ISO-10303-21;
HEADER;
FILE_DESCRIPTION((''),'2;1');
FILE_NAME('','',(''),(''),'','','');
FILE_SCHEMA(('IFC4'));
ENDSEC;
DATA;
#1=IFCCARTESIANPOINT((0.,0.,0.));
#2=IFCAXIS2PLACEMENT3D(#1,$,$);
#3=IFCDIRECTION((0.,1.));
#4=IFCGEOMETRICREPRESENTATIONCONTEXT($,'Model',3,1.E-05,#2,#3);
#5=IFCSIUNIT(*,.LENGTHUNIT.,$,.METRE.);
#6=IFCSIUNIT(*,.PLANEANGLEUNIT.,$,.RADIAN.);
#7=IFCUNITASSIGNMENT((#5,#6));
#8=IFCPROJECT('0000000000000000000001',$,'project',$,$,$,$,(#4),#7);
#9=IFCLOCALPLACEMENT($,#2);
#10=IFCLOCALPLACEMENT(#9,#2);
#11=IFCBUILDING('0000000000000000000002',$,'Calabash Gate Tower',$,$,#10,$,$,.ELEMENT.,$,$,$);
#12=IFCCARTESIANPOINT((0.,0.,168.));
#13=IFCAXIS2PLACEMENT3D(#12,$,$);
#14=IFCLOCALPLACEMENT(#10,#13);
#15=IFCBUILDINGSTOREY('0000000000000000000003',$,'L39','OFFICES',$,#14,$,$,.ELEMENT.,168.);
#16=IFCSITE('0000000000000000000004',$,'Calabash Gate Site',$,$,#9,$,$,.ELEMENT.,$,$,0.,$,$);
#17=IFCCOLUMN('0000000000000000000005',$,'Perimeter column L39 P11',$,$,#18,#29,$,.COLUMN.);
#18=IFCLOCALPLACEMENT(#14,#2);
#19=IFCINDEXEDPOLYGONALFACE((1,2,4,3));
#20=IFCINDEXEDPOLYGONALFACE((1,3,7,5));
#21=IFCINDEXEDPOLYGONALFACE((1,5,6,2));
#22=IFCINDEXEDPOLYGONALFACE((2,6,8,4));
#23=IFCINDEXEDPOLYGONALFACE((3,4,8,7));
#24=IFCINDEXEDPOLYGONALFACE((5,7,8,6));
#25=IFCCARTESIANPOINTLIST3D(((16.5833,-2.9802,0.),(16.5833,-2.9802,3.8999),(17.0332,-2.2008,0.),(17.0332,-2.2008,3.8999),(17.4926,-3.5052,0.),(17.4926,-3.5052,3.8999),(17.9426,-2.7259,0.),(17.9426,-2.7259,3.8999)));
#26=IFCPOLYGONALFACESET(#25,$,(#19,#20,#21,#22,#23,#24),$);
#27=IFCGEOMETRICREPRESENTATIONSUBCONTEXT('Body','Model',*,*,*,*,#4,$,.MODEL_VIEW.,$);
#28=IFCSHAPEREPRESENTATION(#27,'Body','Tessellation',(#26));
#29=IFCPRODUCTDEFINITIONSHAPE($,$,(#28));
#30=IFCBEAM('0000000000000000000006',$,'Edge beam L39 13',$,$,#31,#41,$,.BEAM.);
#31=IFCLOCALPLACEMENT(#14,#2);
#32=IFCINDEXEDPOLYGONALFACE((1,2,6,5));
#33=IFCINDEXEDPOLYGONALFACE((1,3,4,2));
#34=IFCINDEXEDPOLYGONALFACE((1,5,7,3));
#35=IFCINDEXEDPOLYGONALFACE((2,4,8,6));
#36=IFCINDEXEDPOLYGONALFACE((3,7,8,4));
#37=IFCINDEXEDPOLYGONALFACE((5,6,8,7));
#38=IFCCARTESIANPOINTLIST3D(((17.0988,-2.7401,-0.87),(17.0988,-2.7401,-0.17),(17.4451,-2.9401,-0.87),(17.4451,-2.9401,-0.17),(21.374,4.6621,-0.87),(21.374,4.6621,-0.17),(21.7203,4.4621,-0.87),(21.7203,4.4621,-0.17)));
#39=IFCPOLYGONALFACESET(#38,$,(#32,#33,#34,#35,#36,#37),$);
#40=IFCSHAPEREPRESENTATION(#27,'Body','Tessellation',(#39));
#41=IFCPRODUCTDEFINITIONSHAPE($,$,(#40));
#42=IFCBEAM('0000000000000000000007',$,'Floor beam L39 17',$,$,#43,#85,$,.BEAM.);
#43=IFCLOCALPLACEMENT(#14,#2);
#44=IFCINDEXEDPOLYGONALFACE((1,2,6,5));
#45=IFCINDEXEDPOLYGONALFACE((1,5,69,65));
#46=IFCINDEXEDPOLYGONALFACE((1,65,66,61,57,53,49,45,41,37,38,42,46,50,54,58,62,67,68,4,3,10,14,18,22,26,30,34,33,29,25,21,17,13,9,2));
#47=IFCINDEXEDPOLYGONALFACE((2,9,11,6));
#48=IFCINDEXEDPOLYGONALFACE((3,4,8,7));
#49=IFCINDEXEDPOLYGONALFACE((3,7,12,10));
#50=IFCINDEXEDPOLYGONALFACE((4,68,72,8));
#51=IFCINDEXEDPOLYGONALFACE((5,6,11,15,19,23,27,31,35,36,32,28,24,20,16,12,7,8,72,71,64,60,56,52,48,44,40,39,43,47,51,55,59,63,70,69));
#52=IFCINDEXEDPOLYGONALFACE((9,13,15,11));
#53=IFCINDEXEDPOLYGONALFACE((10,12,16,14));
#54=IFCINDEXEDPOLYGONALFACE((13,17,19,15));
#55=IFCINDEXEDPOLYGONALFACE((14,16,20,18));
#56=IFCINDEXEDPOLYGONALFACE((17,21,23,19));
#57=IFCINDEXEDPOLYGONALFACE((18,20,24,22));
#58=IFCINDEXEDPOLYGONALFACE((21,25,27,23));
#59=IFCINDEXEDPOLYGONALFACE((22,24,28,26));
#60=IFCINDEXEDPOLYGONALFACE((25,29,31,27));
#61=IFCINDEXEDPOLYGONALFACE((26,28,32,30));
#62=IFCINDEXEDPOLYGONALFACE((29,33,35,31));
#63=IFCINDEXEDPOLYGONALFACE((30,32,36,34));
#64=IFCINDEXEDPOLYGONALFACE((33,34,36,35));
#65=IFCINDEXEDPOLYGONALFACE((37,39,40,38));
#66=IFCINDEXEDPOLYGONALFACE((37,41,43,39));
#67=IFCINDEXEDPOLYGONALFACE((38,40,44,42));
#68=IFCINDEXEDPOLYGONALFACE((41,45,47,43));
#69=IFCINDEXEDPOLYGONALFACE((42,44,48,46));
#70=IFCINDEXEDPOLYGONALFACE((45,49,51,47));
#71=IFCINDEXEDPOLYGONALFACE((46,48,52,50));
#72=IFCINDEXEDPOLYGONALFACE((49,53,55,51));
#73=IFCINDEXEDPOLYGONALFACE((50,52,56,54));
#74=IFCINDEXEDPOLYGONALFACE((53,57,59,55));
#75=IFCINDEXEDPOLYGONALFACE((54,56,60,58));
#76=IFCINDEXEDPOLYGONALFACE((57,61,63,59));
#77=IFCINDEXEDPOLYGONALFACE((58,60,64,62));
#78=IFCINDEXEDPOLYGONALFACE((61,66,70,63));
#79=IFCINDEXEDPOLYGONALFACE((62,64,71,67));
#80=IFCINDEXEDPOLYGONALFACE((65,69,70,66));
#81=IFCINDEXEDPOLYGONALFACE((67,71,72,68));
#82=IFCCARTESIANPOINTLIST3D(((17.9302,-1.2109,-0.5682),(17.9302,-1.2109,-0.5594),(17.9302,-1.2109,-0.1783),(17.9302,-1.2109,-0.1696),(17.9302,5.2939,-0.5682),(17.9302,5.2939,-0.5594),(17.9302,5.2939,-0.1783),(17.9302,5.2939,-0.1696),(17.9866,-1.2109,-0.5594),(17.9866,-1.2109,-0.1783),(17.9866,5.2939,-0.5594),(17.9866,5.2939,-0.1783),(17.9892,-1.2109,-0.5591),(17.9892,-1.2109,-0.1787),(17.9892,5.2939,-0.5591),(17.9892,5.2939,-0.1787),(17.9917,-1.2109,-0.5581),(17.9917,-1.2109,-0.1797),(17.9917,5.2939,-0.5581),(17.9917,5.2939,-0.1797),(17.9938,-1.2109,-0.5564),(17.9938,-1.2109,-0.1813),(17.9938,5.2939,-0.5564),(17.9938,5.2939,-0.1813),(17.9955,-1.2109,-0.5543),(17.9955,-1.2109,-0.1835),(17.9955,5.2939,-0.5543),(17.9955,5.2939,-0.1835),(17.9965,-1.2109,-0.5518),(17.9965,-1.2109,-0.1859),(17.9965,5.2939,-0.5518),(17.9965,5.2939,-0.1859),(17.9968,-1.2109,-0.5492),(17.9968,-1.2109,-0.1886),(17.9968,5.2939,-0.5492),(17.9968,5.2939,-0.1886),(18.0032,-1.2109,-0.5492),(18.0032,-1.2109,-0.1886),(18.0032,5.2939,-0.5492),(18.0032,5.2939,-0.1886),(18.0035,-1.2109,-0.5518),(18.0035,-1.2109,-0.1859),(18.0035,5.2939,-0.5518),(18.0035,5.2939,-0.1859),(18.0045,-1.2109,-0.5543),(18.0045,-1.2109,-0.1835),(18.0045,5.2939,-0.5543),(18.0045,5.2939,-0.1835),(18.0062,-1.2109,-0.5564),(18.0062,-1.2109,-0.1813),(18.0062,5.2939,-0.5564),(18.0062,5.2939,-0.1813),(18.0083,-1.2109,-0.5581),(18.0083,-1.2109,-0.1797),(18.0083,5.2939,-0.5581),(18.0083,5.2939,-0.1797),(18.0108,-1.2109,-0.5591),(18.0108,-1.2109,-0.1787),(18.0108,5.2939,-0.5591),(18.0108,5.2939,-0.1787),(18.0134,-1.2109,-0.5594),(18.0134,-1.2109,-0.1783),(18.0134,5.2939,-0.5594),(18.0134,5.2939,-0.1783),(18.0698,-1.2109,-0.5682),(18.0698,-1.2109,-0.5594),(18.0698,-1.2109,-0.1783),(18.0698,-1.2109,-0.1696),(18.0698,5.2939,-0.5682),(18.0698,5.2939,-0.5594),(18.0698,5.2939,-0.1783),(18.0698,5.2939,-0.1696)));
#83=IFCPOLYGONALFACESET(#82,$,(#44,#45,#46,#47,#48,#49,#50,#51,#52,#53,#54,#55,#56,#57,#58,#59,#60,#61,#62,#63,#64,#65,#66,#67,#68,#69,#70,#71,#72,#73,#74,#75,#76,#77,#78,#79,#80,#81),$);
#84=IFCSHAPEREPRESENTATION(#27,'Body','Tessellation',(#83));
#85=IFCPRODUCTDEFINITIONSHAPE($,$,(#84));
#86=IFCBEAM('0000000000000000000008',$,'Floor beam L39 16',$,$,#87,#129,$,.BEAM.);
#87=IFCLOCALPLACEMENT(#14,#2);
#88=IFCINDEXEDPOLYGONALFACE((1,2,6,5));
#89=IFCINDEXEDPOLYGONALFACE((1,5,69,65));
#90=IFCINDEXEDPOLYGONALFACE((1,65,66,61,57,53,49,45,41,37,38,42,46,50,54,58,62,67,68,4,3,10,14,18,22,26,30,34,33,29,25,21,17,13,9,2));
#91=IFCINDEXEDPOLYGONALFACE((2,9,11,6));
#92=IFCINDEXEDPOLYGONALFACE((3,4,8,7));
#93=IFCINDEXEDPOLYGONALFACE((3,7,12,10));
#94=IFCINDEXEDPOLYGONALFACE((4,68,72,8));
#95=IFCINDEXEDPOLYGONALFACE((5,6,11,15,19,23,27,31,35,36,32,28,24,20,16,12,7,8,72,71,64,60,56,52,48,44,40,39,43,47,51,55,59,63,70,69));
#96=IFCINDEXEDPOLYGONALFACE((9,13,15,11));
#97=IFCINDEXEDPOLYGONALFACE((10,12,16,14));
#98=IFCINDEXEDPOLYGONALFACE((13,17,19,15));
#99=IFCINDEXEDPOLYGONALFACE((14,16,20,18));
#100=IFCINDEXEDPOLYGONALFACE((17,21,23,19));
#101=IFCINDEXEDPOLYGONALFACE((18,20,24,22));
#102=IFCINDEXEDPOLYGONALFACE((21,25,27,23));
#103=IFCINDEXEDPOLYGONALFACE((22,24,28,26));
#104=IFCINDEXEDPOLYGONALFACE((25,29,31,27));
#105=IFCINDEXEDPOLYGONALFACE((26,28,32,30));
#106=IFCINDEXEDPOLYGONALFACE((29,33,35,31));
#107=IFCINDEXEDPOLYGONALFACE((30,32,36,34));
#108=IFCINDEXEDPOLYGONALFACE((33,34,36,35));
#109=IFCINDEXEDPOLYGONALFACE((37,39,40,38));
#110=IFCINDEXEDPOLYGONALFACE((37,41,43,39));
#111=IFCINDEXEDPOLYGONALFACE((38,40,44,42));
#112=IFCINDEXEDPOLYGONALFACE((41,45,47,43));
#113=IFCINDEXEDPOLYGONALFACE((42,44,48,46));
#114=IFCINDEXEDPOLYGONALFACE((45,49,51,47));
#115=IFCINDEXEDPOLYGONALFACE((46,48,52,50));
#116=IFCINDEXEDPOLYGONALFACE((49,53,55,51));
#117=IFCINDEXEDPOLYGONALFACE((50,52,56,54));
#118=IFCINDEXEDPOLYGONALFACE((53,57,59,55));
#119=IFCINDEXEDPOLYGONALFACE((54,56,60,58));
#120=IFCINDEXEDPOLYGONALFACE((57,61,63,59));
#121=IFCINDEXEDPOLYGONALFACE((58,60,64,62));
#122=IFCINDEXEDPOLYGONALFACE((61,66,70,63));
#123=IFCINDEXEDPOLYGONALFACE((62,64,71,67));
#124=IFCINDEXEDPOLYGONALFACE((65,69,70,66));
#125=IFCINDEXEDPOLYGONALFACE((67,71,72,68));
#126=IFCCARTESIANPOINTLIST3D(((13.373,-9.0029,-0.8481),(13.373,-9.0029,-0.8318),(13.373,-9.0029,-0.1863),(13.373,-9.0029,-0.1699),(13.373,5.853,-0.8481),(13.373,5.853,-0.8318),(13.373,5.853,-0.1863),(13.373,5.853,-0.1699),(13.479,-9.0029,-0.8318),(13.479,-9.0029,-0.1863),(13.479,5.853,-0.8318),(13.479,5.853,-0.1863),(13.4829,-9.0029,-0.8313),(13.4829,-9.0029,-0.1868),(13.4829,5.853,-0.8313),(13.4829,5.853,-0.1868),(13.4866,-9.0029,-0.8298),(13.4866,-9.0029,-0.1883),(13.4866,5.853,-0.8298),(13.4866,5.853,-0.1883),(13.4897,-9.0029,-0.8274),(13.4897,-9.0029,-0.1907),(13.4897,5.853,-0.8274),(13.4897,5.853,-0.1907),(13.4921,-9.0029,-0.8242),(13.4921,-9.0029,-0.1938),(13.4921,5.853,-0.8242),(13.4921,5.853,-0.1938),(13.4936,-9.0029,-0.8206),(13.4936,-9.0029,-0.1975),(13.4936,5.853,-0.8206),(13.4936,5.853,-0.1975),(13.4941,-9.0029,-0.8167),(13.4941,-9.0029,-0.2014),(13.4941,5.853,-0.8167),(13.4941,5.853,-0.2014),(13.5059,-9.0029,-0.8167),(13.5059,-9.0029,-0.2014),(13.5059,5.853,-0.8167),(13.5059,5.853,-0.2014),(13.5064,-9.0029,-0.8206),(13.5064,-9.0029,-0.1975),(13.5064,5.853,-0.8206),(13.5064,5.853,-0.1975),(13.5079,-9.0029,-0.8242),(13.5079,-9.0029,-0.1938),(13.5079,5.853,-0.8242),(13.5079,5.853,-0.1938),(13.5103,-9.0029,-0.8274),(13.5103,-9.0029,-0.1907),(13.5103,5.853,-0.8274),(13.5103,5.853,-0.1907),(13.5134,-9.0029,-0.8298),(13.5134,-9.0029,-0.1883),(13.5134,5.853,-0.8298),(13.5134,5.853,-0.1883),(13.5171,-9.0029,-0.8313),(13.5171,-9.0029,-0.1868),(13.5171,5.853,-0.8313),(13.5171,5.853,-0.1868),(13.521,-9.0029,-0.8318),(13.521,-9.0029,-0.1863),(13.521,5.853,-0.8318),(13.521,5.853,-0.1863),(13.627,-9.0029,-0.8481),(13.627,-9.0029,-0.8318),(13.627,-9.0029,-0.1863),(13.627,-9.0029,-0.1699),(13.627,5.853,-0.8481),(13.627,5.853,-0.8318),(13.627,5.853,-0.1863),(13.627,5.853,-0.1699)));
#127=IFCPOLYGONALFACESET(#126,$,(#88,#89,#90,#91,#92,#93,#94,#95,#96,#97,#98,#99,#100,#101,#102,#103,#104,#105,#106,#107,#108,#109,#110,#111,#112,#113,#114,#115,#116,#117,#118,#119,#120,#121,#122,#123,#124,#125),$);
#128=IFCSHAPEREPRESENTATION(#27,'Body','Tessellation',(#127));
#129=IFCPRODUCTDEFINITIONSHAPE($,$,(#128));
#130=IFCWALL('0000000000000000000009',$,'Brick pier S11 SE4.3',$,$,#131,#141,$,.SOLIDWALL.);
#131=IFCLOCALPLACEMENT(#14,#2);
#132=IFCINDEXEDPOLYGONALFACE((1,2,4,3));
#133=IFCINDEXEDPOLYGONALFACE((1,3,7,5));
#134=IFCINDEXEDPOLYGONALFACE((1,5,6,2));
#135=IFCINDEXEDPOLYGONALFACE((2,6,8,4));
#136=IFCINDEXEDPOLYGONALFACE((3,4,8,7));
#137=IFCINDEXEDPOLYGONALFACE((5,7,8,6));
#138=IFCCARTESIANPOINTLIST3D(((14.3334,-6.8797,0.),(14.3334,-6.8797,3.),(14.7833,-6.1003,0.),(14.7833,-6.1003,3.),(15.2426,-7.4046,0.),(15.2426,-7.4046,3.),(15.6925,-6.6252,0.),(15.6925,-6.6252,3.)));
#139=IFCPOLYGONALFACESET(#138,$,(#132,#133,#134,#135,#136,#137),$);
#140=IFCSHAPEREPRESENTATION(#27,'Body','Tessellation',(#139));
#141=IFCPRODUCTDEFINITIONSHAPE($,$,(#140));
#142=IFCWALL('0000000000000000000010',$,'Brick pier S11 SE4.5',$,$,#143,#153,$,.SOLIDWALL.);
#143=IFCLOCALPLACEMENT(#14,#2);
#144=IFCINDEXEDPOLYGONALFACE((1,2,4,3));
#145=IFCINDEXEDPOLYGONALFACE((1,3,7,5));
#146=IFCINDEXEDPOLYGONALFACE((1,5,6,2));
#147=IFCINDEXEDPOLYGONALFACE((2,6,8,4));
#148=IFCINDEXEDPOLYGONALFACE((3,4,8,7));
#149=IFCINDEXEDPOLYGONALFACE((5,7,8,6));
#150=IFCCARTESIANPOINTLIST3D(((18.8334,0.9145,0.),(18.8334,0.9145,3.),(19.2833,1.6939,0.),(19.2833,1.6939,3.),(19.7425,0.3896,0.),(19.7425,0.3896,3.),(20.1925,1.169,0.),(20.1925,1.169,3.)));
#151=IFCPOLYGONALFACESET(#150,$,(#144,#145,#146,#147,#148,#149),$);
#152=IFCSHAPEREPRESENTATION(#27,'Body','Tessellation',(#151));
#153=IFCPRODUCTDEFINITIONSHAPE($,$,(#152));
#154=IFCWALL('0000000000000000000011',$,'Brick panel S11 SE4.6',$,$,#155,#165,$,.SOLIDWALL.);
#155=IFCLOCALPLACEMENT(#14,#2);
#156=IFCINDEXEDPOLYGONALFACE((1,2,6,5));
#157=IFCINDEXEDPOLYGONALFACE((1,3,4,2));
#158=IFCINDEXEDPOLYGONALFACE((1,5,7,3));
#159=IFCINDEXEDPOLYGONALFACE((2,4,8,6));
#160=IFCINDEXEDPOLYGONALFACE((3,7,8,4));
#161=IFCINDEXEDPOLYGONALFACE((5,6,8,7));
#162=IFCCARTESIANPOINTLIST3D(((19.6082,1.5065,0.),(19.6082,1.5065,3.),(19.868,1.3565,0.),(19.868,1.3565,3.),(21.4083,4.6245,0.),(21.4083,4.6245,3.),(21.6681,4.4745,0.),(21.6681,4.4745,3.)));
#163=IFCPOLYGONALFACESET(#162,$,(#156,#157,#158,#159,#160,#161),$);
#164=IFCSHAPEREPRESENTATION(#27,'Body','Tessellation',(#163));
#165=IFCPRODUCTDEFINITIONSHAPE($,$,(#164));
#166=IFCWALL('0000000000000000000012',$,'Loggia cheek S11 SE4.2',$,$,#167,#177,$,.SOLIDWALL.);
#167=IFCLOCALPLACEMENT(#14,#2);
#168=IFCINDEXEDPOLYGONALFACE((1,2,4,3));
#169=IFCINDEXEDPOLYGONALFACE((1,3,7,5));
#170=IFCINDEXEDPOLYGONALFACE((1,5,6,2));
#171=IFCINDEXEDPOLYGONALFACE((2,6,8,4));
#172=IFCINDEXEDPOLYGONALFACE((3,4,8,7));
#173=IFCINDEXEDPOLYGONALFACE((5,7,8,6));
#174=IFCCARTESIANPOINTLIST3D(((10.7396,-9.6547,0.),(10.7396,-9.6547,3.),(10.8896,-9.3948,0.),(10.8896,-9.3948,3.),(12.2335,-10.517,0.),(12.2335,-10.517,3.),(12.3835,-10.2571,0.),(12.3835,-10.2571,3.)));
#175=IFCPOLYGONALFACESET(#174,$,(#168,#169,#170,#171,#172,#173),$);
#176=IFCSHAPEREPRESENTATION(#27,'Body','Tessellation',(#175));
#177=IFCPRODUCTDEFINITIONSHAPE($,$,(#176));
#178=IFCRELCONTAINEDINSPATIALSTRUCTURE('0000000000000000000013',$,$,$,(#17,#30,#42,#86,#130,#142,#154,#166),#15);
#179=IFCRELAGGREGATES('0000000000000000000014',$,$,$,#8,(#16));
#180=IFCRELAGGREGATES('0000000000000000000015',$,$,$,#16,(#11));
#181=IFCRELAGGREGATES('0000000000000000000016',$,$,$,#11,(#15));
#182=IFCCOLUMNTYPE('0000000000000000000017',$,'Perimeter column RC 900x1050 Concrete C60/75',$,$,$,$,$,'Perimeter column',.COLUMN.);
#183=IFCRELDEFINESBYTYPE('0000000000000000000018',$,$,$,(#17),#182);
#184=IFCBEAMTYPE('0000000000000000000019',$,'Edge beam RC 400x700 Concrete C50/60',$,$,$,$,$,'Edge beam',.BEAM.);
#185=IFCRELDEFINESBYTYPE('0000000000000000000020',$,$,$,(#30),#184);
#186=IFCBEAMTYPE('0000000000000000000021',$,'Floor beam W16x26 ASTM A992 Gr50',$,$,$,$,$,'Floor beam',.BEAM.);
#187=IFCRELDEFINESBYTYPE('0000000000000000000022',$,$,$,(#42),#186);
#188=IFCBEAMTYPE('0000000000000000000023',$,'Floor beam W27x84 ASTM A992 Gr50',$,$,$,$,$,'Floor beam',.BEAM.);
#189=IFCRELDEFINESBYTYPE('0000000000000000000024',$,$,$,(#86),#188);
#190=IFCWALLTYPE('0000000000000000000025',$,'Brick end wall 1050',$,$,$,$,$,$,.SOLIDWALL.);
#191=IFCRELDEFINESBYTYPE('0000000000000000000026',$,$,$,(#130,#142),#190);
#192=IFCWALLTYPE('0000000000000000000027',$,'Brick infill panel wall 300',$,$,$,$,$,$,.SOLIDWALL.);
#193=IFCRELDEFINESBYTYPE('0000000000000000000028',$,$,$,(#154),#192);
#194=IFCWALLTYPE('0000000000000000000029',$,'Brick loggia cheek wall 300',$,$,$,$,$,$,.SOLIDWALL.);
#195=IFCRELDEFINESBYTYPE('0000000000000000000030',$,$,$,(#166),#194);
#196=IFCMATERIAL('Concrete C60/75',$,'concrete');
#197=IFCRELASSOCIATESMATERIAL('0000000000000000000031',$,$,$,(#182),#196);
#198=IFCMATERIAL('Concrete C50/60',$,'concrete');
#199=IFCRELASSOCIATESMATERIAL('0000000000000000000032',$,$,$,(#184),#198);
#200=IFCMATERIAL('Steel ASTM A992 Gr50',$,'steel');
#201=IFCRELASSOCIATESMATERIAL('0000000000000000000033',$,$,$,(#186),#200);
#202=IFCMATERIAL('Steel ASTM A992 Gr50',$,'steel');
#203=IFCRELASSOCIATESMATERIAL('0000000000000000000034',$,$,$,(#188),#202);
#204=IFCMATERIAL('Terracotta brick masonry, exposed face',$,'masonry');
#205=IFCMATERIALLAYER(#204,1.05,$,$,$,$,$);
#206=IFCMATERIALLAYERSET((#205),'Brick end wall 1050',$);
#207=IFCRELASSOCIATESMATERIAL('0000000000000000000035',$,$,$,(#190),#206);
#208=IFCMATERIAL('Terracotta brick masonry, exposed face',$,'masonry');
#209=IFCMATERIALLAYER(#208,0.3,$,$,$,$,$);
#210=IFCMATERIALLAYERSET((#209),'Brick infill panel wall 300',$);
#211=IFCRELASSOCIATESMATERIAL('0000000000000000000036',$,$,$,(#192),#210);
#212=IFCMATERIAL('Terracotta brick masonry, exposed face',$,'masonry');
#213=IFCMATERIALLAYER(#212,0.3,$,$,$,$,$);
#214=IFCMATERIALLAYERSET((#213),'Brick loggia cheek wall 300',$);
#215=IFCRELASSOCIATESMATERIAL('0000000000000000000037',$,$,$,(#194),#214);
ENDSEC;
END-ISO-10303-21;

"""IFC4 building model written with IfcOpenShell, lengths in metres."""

from ifc_helpers import new_model, si_unit, direction, frame, frame_2d, origin, origin_2d, place, context, subcontext, project, spatial, rectangle, i_section, extrude, material, layer, layer_set, material_profile, profile_set, type_object, element, save


model = new_model("IFC4")

# Units and contexts
model_context = context("Model", 3, precision=1e-05, world=origin(), true_north=direction((0.0, 1.0)))
body_context = subcontext(model_context, "Body", "Model", "MODEL_VIEW")
ifc_project = project(units=[si_unit("LENGTHUNIT", "METRE"), si_unit("PLANEANGLEUNIT", "RADIAN")], contexts=[model_context])

# Site, building, storey
site_placement = place(None, origin())
site = spatial("IfcSite", under=ifc_project, at=site_placement, Name="Calabash Gate Site", CompositionType="ELEMENT", RefElevation=0.0)
building_placement = place(site_placement, origin())
building = spatial("IfcBuilding", under=site, at=building_placement, Name="Calabash Gate Tower", CompositionType="ELEMENT")
storey_placement = place(building_placement, frame((0.0, 0.0, 168.0)))
storey = spatial("IfcBuildingStorey", under=building, at=storey_placement, Name="L39", Description="OFFICES", CompositionType="ELEMENT", Elevation=168.0)

# Column
ifc_material_1 = material(Name="Concrete C60/75", Category="concrete")
ifc_material_profile_1 = material_profile(ifc_material_1, rectangle(XDim=0.8999, YDim=1.05, at=origin_2d()))
ifc_profile_set_1 = profile_set([ifc_material_profile_1], Name="Concrete C60/75")
column_type = type_object("IfcColumnType", Name="Perimeter column RC 900x1050 Concrete C60/75", ElementType="Perimeter column", PredefinedType="COLUMN", material=ifc_profile_set_1)
column_placement = place(storey_placement, frame((17.2629, -2.853, 0.0), z_axis=(0.0, 0.0, 1.0), x_axis=(0.5, 0.866025, 0.0)))
element("IfcColumn", 1, at=column_placement, inside=storey, type_object=column_type, Name="Perimeter column L39 P11", PredefinedType="COLUMN", context=body_context, shape_type="SweptSolid", body=[
    extrude(rectangle(XDim=0.8999, YDim=1.05, at=origin_2d()), origin(), (0.0, 0.0, 1.0), 3.8999),
])

# Beams
ifc_material_2 = material(Name="Concrete C50/60", Category="concrete")
ifc_material_profile_2 = material_profile(ifc_material_2, rectangle(XDim=0.3999, YDim=0.7, at=origin_2d()))
ifc_profile_set_2 = profile_set([ifc_material_profile_2], Name="Concrete C50/60")
beam_type_1 = type_object("IfcBeamType", Name="Edge beam RC 400x700 Concrete C50/60", ElementType="Edge beam", PredefinedType="BEAM", material=ifc_profile_set_2)
beam_1_placement = place(storey_placement, frame((17.272, -2.8401, -0.52), z_axis=(0.500135, 0.865947, 0.0), x_axis=(-0.865947, 0.500135, 0.0)))
element("IfcBeam", 2, at=beam_1_placement, inside=storey, type_object=beam_type_1, Name="Edge beam L39 13", PredefinedType="BEAM", context=body_context, shape_type="SweptSolid", body=[
    extrude(rectangle(XDim=0.3999, YDim=0.7, at=origin_2d()), origin(), (0.0, 0.0, 1.0), 8.5481),
])
ifc_material_3 = material(Name="Steel ASTM A992 Gr50", Category="steel")
ifc_material_profile_3 = material_profile(ifc_material_3, i_section(OverallWidth=0.1396, OverallDepth=0.3987, WebThickness=0.0063, FlangeThickness=0.0088, FilletRadius=0.0103, at=origin_2d()))
ifc_profile_set_3 = profile_set([ifc_material_profile_3], Name="Steel ASTM A992 Gr50")
beam_type_2 = type_object("IfcBeamType", Name="Floor beam W16x26 ASTM A992 Gr50", ElementType="Floor beam", PredefinedType="BEAM", material=ifc_profile_set_3)
beam_2_placement = place(storey_placement, frame((18.0, -1.2109, -0.3689), z_axis=(0.0, 1.0, 0.0), x_axis=(-1.0, 0.0, 0.0)))
element("IfcBeam", 3, at=beam_2_placement, inside=storey, type_object=beam_type_2, Name="Floor beam L39 17", PredefinedType="BEAM", context=body_context, shape_type="SweptSolid", body=[
    extrude(i_section(OverallWidth=0.1396, OverallDepth=0.3987, WebThickness=0.0063, FlangeThickness=0.0088, FilletRadius=0.0103, at=origin_2d()), origin(), (0.0, 0.0, 1.0), 6.5049),
])
ifc_material_4 = material(Name="Steel ASTM A992 Gr50", Category="steel")
ifc_material_profile_4 = material_profile(ifc_material_4, i_section(OverallWidth=0.2539, OverallDepth=0.6782, WebThickness=0.0117, FlangeThickness=0.0164, FilletRadius=0.0151, at=origin_2d()))
ifc_profile_set_4 = profile_set([ifc_material_profile_4], Name="Steel ASTM A992 Gr50")
beam_type_3 = type_object("IfcBeamType", Name="Floor beam W27x84 ASTM A992 Gr50", ElementType="Floor beam", PredefinedType="BEAM", material=ifc_profile_set_4)
beam_3_placement = place(storey_placement, frame((13.5, -9.0029, -0.509), z_axis=(0.0, 1.0, 0.0), x_axis=(-1.0, 0.0, 0.0)))
element("IfcBeam", 4, at=beam_3_placement, inside=storey, type_object=beam_type_3, Name="Floor beam L39 16", PredefinedType="BEAM", context=body_context, shape_type="SweptSolid", body=[
    extrude(i_section(OverallWidth=0.2539, OverallDepth=0.6782, WebThickness=0.0117, FlangeThickness=0.0164, FilletRadius=0.0151, at=origin_2d()), origin(), (0.0, 0.0, 1.0), 14.856),
])

# Walls
ifc_material_5 = material(Name="Terracotta brick masonry, exposed face", Category="masonry")
ifc_layer_1 = layer(ifc_material_5, 1.05)
ifc_layer_set_1 = layer_set([ifc_layer_1], Name="Brick end wall 1050")
wall_type_1 = type_object("IfcWallType", Name="Brick end wall 1050", PredefinedType="SOLIDWALL", material=ifc_layer_set_1)
for number, where, z_axis, x_axis, name in (
    (5, (15.4675, -7.0149, 0.0), (0.0, 0.0, 1.0), (-0.866031, 0.499991, 0.0), "Brick pier S11 SE4.3"),
    (6, (19.0583, 1.3042, 0.0), (0.0, 0.0, 1.0), (0.866031, -0.499991, 0.0), "Brick pier S11 SE4.5"),
):
    element("IfcWall", number, at=place(storey_placement, frame(where, z_axis=z_axis, x_axis=x_axis)), inside=storey, type_object=wall_type_1, Name=name, PredefinedType="SOLIDWALL", context=body_context, shape_type="SweptSolid", body=[
        extrude(rectangle(XDim=1.0498, YDim=0.8999, at=frame_2d((0.5249, 0.0))), origin(), (0.0, 0.0, 1.0), 3.0),
    ])
ifc_material_6 = material(Name="Terracotta brick masonry, exposed face", Category="masonry")
ifc_layer_2 = layer(ifc_material_6, 0.3)
ifc_layer_set_2 = layer_set([ifc_layer_2], Name="Brick infill panel wall 300")
wall_type_2 = type_object("IfcWallType", Name="Brick infill panel wall 300", PredefinedType="SOLIDWALL", material=ifc_layer_set_2)
wall_1_placement = place(storey_placement, frame((19.738, 1.4314, 0.0), z_axis=(0.0, 0.0, 1.0), x_axis=(0.499983, 0.866035, 0.0)))
element("IfcWall", 7, at=wall_1_placement, inside=storey, type_object=wall_type_2, Name="Brick panel S11 SE4.6", PredefinedType="SOLIDWALL", context=body_context, shape_type="SweptSolid", body=[
    extrude(rectangle(XDim=3.6003, YDim=0.3, at=frame_2d((1.8003, 0.0))), origin(), (0.0, 0.0, 1.0), 3.0),
])
ifc_material_7 = material(Name="Terracotta brick masonry, exposed face", Category="masonry")
ifc_layer_3 = layer(ifc_material_7, 0.3)
ifc_layer_set_3 = layer_set([ifc_layer_3], Name="Brick loggia cheek wall 300")
wall_type_3 = type_object("IfcWallType", Name="Brick loggia cheek wall 300", PredefinedType="SOLIDWALL", material=ifc_layer_set_3)
wall_2_placement = place(storey_placement, frame((12.3083, -10.387, 0.0), z_axis=(0.0, 0.0, 1.0), x_axis=(-0.866075, 0.499914, 0.0)))
element("IfcWall", 8, at=wall_2_placement, inside=storey, type_object=wall_type_3, Name="Loggia cheek S11 SE4.2", PredefinedType="SOLIDWALL", context=body_context, shape_type="SweptSolid", body=[
    extrude(rectangle(XDim=1.7249, YDim=0.3, at=frame_2d((0.8623, 0.0))), origin(), (0.0, 0.0, 1.0), 3.0),
])

save(model, "model.ifc")
